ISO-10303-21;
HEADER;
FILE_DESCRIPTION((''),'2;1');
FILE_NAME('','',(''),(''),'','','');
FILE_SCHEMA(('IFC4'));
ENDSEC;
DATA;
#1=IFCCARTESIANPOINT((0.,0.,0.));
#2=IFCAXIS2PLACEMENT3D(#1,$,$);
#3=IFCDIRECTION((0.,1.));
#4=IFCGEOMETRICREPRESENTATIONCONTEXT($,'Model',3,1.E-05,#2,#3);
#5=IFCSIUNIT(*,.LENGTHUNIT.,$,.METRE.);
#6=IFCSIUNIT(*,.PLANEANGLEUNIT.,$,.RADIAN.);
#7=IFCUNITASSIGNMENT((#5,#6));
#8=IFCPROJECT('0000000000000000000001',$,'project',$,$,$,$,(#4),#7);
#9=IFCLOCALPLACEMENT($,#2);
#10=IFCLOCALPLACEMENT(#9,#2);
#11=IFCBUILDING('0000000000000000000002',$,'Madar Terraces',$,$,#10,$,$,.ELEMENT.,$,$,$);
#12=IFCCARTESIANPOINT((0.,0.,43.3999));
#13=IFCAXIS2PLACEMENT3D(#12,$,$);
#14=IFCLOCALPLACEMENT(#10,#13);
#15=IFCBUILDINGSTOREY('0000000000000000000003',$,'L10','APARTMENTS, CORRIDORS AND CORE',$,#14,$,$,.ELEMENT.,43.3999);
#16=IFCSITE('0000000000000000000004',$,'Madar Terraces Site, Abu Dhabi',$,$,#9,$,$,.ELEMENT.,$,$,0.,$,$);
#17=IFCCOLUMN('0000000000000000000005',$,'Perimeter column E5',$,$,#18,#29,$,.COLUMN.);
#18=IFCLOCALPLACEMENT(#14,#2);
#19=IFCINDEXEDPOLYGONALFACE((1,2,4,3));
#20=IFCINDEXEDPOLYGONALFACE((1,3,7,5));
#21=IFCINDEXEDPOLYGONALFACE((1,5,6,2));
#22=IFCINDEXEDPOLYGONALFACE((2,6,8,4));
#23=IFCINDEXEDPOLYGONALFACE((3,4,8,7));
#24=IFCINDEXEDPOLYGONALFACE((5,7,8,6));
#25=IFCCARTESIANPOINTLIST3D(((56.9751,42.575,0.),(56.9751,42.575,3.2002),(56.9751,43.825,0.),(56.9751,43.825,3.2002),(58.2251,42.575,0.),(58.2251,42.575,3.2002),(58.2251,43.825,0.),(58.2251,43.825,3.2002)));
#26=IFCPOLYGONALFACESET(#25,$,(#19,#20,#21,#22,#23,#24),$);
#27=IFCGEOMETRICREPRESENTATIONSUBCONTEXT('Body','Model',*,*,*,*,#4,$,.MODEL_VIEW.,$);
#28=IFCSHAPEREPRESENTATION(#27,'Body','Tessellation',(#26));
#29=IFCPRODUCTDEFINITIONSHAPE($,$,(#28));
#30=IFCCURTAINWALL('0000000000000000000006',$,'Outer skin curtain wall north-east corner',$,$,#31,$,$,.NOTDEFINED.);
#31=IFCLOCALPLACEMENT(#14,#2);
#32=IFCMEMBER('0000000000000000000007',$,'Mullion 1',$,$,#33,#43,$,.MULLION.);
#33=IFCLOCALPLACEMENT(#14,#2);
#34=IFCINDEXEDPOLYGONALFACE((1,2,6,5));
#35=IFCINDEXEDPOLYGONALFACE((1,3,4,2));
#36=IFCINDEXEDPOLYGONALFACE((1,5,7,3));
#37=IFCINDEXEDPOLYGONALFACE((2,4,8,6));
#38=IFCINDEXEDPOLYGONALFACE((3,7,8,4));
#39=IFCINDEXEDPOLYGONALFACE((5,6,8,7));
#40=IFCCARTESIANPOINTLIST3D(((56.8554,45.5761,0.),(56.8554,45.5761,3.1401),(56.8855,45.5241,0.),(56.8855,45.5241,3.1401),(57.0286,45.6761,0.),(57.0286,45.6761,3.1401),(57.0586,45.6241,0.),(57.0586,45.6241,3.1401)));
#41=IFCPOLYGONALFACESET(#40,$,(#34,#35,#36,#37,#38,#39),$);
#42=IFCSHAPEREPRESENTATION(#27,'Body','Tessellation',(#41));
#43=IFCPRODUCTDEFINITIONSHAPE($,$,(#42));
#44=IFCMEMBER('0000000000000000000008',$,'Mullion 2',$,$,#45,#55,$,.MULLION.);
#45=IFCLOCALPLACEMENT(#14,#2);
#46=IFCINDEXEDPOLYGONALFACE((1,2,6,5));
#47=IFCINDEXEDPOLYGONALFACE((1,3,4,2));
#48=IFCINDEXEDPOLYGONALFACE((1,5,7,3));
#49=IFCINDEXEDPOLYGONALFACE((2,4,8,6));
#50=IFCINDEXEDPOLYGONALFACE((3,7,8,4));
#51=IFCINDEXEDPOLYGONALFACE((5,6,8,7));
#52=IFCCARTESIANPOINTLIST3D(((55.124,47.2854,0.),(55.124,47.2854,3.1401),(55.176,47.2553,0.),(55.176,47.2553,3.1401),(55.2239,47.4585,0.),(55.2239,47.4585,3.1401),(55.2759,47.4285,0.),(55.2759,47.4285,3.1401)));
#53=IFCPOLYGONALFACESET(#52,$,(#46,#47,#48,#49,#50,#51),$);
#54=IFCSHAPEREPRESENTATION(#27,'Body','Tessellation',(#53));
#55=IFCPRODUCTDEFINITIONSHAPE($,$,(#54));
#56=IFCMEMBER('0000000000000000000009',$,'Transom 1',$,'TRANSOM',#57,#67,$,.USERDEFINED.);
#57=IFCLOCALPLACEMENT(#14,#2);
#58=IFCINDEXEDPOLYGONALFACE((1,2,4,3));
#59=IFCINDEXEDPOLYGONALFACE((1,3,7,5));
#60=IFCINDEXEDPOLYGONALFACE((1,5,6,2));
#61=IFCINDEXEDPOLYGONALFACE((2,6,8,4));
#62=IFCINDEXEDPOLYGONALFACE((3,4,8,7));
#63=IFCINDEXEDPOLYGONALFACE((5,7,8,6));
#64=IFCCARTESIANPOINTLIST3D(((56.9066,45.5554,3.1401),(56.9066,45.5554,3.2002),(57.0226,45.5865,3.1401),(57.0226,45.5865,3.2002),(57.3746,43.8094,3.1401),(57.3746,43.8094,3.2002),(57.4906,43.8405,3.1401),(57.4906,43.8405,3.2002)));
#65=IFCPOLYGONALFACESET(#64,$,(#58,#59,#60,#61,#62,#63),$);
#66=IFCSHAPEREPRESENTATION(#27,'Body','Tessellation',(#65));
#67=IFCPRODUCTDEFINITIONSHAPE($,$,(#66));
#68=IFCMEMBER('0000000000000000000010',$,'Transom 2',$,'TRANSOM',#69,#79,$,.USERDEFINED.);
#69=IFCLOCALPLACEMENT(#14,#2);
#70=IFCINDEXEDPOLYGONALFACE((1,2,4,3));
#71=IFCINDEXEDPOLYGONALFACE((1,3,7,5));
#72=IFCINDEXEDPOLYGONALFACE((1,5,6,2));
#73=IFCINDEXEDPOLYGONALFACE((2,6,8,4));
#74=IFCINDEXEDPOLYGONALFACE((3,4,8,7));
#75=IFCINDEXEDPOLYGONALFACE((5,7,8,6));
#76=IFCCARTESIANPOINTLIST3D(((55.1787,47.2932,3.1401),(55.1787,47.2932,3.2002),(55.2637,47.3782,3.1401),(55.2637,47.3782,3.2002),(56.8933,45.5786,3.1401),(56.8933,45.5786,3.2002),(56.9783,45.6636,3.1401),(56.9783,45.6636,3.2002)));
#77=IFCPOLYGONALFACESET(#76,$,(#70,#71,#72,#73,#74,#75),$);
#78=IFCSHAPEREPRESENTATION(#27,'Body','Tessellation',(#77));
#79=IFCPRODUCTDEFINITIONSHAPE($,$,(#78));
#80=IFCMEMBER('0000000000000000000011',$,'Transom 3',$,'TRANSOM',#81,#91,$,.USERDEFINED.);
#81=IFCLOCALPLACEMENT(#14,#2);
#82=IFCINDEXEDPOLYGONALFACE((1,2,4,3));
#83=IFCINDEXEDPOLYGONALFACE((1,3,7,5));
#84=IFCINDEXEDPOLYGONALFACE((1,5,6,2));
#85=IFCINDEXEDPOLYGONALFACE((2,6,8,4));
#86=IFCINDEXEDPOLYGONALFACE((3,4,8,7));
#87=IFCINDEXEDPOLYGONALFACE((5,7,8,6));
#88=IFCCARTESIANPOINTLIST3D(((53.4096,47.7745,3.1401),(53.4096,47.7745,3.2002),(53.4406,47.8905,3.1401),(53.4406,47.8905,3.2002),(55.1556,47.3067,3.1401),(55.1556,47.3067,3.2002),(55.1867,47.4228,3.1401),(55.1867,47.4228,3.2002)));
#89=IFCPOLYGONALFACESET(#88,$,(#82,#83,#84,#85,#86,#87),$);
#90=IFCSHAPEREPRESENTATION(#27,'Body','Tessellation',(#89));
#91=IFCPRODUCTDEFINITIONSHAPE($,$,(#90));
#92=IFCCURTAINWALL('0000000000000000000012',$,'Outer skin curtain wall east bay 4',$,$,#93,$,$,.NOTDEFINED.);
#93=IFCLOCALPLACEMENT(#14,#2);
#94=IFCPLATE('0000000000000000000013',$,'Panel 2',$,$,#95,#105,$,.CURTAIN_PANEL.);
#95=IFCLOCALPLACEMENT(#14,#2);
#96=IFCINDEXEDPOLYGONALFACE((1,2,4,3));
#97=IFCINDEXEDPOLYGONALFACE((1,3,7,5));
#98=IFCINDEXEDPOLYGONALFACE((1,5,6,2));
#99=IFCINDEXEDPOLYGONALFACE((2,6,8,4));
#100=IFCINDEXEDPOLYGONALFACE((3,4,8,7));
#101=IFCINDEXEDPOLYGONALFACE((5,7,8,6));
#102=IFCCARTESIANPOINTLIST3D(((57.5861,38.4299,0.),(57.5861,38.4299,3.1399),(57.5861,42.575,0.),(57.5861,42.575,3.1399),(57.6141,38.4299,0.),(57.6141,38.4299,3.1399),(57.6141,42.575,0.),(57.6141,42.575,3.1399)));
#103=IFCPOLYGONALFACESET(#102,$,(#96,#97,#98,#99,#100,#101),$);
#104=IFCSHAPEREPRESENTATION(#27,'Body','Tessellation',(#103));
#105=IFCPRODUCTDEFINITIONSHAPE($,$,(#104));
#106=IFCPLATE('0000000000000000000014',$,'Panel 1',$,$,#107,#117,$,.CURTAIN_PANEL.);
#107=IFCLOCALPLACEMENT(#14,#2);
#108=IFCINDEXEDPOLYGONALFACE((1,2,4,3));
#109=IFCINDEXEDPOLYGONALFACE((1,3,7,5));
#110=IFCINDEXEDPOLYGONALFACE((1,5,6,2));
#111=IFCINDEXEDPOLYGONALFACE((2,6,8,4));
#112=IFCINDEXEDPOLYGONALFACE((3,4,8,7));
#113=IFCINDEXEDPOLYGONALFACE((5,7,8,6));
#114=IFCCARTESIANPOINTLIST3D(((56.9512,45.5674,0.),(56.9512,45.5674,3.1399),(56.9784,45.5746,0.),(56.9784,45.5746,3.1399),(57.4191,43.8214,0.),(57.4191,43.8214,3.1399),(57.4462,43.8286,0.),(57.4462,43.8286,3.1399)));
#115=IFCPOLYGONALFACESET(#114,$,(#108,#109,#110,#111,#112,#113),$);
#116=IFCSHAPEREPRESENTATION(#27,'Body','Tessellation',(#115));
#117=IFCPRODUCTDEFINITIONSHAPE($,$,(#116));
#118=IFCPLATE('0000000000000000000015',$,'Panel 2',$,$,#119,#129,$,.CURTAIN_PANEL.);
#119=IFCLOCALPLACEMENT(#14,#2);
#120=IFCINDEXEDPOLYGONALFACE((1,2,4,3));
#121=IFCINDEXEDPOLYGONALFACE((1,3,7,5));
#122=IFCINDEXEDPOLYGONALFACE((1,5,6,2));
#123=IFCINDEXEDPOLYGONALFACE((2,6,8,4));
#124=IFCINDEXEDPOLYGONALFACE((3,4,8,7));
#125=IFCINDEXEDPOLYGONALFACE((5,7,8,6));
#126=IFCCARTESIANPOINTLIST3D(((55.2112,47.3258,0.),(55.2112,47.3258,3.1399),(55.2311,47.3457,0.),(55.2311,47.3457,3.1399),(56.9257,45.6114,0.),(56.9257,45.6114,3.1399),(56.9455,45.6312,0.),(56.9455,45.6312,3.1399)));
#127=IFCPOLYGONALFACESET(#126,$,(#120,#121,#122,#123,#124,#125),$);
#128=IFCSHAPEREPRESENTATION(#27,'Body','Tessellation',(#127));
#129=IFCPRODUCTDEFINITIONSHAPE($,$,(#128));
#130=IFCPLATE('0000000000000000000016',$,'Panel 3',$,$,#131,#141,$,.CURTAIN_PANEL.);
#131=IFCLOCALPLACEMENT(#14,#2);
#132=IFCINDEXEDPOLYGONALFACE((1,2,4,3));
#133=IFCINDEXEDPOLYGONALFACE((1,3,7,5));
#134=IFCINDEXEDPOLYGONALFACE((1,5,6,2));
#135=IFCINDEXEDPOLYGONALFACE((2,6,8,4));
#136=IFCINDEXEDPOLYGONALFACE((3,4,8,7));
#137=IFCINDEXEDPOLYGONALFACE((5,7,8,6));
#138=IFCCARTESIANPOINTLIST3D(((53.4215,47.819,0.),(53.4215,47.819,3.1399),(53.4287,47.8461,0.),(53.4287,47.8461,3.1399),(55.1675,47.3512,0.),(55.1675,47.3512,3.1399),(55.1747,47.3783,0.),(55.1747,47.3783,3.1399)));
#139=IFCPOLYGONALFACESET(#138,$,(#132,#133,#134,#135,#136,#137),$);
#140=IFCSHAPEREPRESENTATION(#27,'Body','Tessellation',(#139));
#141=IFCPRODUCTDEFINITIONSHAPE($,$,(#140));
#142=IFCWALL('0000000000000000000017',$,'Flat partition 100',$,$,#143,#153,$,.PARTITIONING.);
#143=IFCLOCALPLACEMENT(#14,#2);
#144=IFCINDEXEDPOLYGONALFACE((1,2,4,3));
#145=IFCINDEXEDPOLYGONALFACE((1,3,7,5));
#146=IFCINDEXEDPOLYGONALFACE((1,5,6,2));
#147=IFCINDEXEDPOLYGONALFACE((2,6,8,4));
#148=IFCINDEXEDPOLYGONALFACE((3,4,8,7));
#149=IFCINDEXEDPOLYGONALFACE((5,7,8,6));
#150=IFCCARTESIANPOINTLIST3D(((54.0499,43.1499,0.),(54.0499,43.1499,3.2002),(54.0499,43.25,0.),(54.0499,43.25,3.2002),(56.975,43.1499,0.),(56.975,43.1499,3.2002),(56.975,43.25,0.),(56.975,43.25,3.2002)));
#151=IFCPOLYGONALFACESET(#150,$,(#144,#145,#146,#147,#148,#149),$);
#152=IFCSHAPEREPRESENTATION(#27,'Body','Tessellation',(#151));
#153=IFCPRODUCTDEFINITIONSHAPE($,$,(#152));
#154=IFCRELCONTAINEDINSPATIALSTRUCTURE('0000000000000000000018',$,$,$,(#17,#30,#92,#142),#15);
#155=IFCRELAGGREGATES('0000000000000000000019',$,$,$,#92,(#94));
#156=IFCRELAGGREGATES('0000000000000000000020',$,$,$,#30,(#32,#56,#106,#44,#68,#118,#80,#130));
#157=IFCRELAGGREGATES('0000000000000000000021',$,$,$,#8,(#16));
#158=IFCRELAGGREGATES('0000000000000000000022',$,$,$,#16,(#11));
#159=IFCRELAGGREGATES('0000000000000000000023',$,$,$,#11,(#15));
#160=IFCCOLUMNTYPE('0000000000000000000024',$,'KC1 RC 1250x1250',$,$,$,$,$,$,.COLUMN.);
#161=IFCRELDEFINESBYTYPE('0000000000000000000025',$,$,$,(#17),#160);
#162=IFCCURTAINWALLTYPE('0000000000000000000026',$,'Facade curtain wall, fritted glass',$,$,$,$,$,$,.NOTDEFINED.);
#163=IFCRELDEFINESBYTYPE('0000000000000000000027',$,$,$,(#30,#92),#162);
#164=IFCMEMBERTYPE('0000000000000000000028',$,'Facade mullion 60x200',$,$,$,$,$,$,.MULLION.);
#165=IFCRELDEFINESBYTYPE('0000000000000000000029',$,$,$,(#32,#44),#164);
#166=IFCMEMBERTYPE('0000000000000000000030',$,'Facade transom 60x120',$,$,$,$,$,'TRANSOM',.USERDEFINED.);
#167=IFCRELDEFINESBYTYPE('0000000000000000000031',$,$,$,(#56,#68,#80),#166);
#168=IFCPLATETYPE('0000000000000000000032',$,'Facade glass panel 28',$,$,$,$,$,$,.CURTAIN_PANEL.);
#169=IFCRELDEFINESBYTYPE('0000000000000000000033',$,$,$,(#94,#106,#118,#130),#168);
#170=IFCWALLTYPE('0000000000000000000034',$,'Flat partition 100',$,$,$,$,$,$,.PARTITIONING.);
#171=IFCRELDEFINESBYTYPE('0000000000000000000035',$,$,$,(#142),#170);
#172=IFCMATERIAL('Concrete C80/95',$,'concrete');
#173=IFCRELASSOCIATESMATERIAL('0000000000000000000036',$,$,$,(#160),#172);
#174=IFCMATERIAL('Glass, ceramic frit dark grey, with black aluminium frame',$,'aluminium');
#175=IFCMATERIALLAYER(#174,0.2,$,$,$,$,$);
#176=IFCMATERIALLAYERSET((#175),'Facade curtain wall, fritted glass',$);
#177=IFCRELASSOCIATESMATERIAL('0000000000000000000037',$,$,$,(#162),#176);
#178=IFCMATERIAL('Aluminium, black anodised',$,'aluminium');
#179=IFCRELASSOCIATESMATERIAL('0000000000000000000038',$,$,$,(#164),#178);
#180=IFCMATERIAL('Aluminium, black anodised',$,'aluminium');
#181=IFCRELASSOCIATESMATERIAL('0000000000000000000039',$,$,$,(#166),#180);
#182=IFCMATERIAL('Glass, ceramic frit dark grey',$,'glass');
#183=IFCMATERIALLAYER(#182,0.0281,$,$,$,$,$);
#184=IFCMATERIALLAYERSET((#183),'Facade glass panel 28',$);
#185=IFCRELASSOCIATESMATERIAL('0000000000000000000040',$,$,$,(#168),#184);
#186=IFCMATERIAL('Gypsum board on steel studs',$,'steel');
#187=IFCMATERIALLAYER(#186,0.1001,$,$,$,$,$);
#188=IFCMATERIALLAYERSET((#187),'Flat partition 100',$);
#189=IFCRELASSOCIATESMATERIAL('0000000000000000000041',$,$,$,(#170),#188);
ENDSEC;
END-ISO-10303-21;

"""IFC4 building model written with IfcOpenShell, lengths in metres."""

from ifc_helpers import new_model, si_unit, direction, frame, frame_2d, origin, origin_2d, place, context, subcontext, project, spatial, rectangle, extrude, material, layer, layer_set, material_profile, profile_set, type_object, element, aggregate, save


model = new_model("IFC4")

# Units and contexts
model_context = context("Model", 3, precision=1e-05, world=origin(), true_north=direction((0.0, 1.0)))
body_context = subcontext(model_context, "Body", "Model", "MODEL_VIEW")
ifc_project = project(units=[si_unit("LENGTHUNIT", "METRE"), si_unit("PLANEANGLEUNIT", "RADIAN")], contexts=[model_context])

# Site, building, storey
site_placement = place(None, origin())
site = spatial("IfcSite", under=ifc_project, at=site_placement, Name="Madar Terraces Site, Abu Dhabi", CompositionType="ELEMENT", RefElevation=0.0)
building_placement = place(site_placement, origin())
building = spatial("IfcBuilding", under=site, at=building_placement, Name="Madar Terraces", CompositionType="ELEMENT")
storey_placement = place(building_placement, frame((0.0, 0.0, 43.3999)))
storey = spatial("IfcBuildingStorey", under=building, at=storey_placement, Name="L10", Description="APARTMENTS, CORRIDORS AND CORE", CompositionType="ELEMENT", Elevation=43.3999)

# Column
ifc_material_1 = material(Name="Concrete C80/95", Category="concrete")
ifc_material_profile_1 = material_profile(ifc_material_1, rectangle(XDim=1.25, YDim=1.25, at=origin_2d()), Name="KC1 RC 1250x1250")
ifc_profile_set_1 = profile_set([ifc_material_profile_1], Name="Concrete C80/95")
column_type = type_object("IfcColumnType", Name="KC1 RC 1250x1250", PredefinedType="COLUMN", material=ifc_profile_set_1)
column_placement = place(storey_placement, frame((57.6001, 43.2, 0.0), z_axis=(0.0, 0.0, 1.0), x_axis=(1.0, 0.0, 0.0)))
element("IfcColumn", 1, at=column_placement, inside=storey, type_object=column_type, Name="Perimeter column E5", PredefinedType="COLUMN", context=body_context, shape_type="SweptSolid", body=[
    extrude(rectangle(XDim=1.25, YDim=1.25, at=origin_2d()), origin(), (0.0, 0.0, 1.0), 3.2002),
])

# Curtain wall, members
ifc_material_2 = material(Name="Glass, ceramic frit dark grey, with black aluminium frame", Category="aluminium")
ifc_layer_1 = layer(ifc_material_2, 0.2)
ifc_layer_set_1 = layer_set([ifc_layer_1], Name="Facade curtain wall, fritted glass")
curtain_wall_type = type_object("IfcCurtainWallType", Name="Facade curtain wall, fritted glass", PredefinedType="NOTDEFINED", material=ifc_layer_set_1)
curtain_wall_1_placement = place(storey_placement, origin())
curtain_wall_1 = element("IfcCurtainWall", 2, at=curtain_wall_1_placement, inside=storey, type_object=curtain_wall_type, Name="Outer skin curtain wall north-east corner", PredefinedType="NOTDEFINED")
ifc_material_3 = material(Name="Aluminium, black anodised", Category="aluminium")
ifc_material_profile_2 = material_profile(ifc_material_3, rectangle(XDim=0.2, YDim=0.0601, at=origin_2d()), Name="Facade mullion 60x200")
ifc_profile_set_2 = profile_set([ifc_material_profile_2], Name="Aluminium, black anodised")
member_type_1 = type_object("IfcMemberType", Name="Facade mullion 60x200", PredefinedType="MULLION", material=ifc_profile_set_2)
member_1_placement = place(storey_placement, frame((56.957, 45.6001, 0.0), z_axis=(0.0, 0.0, 1.0), x_axis=(-0.866025, -0.5, 0.0)))
member_1 = element("IfcMember", 3, at=member_1_placement, type_object=member_type_1, Name="Mullion 1", PredefinedType="MULLION", context=body_context, shape_type="SweptSolid", body=[
    extrude(rectangle(XDim=0.2, YDim=0.0601, at=origin_2d()), origin(), (0.0, 0.0, 1.0), 3.1401),
])
member_2_placement = place(storey_placement, frame((55.2, 47.3569, 0.0), z_axis=(0.0, 0.0, 1.0), x_axis=(-0.5, -0.866025, 0.0)))
member_2 = element("IfcMember", 4, at=member_2_placement, type_object=member_type_1, Name="Mullion 2", PredefinedType="MULLION", context=body_context, shape_type="SweptSolid", body=[
    extrude(rectangle(XDim=0.2, YDim=0.0601, at=origin_2d()), origin(), (0.0, 0.0, 1.0), 3.1401),
])
ifc_material_4 = material(Name="Aluminium, black anodised", Category="aluminium")
ifc_material_profile_3 = material_profile(ifc_material_4, rectangle(XDim=0.1201, YDim=0.0601, at=origin_2d()), Name="Facade transom 60x120")
ifc_profile_set_3 = profile_set([ifc_material_profile_3], Name="Aluminium, black anodised")
member_type_2 = type_object("IfcMemberType", Name="Facade transom 60x120", ElementType="TRANSOM", PredefinedType="USERDEFINED", material=ifc_profile_set_3)
member_3_placement = place(storey_placement, frame((57.4326, 43.825, 3.1702), z_axis=(-0.258898, 0.965905, 0.0), x_axis=(-0.965905, -0.258898, 0.0)))
member_3 = element("IfcMember", 5, at=member_3_placement, type_object=member_type_2, Name="Transom 1", ObjectType="TRANSOM", PredefinedType="USERDEFINED", context=body_context, shape_type="SweptSolid", body=[
    extrude(rectangle(XDim=0.1201, YDim=0.0601, at=origin_2d()), origin(), (0.0, 0.0, 1.0), 1.8076),
])
member_4_placement = place(storey_placement, frame((56.9358, 45.6211, 3.1702), z_axis=(-0.707107, 0.707107, 0.0), x_axis=(-0.707107, -0.707107, 0.0)))
member_4 = element("IfcMember", 6, at=member_4_placement, type_object=member_type_2, Name="Transom 2", ObjectType="TRANSOM", PredefinedType="USERDEFINED", context=body_context, shape_type="SweptSolid", body=[
    extrude(rectangle(XDim=0.1201, YDim=0.0601, at=origin_2d()), origin(), (0.0, 0.0, 1.0), 2.4248),
])
member_5_placement = place(storey_placement, frame((55.1711, 47.3647, 3.1702), z_axis=(-0.965938, 0.258772, 0.0), x_axis=(-0.258772, -0.965938, 0.0)))
member_5 = element("IfcMember", 7, at=member_5_placement, type_object=member_type_2, Name="Transom 3", ObjectType="TRANSOM", PredefinedType="USERDEFINED", context=body_context, shape_type="SweptSolid", body=[
    extrude(rectangle(XDim=0.1201, YDim=0.0601, at=origin_2d()), origin(), (0.0, 0.0, 1.0), 1.8076),
])

# Curtain wall, plate
curtain_wall_2_placement = place(storey_placement, origin())
curtain_wall_2 = element("IfcCurtainWall", 8, at=curtain_wall_2_placement, inside=storey, type_object=curtain_wall_type, Name="Outer skin curtain wall east bay 4", PredefinedType="NOTDEFINED")
ifc_material_5 = material(Name="Glass, ceramic frit dark grey", Category="glass")
ifc_layer_2 = layer(ifc_material_5, 0.0281)
ifc_layer_set_2 = layer_set([ifc_layer_2], Name="Facade glass panel 28")
plate_type = type_object("IfcPlateType", Name="Facade glass panel 28", PredefinedType="CURTAIN_PANEL", material=ifc_layer_set_2)
plate_1_placement = place(storey_placement, frame((57.6001, 40.5024, 0.0), z_axis=(0.0, 0.0, 1.0), x_axis=(0.0, 1.0, 0.0)))
plate_1 = element("IfcPlate", 9, at=plate_1_placement, type_object=plate_type, Name="Panel 2", PredefinedType="CURTAIN_PANEL", context=body_context, shape_type="SweptSolid", body=[
    extrude(rectangle(XDim=4.145, YDim=0.0281, at=origin_2d()), origin(), (0.0, 0.0, 1.0), 3.1399),
])
aggregate(curtain_wall_2, [plate_1])

# Plates
plate_2_placement = place(storey_placement, frame((57.1987, 44.698, 0.0), z_axis=(0.0, 0.0, 1.0), x_axis=(-0.258819, 0.965926, 0.0)))
plate_2 = element("IfcPlate", 10, at=plate_2_placement, type_object=plate_type, Name="Panel 1", PredefinedType="CURTAIN_PANEL", context=body_context, shape_type="SweptSolid", body=[
    extrude(rectangle(XDim=1.8076, YDim=0.0281, at=origin_2d()), origin(), (0.0, 0.0, 1.0), 3.1399),
])
plate_3_placement = place(storey_placement, frame((56.0784, 46.4785, 0.0), z_axis=(0.0, 0.0, 1.0), x_axis=(-0.707107, 0.707107, 0.0)))
plate_3 = element("IfcPlate", 11, at=plate_3_placement, type_object=plate_type, Name="Panel 2", PredefinedType="CURTAIN_PANEL", context=body_context, shape_type="SweptSolid", body=[
    extrude(rectangle(XDim=2.4246, YDim=0.0281, at=origin_2d()), origin(), (0.0, 0.0, 1.0), 3.1399),
])
plate_4_placement = place(storey_placement, frame((54.2981, 47.5986, 0.0), z_axis=(0.0, 0.0, 1.0), x_axis=(-0.965926, 0.258819, 0.0)))
plate_4 = element("IfcPlate", 12, at=plate_4_placement, type_object=plate_type, Name="Panel 3", PredefinedType="CURTAIN_PANEL", context=body_context, shape_type="SweptSolid", body=[
    extrude(rectangle(XDim=1.8076, YDim=0.0281, at=origin_2d()), origin(), (0.0, 0.0, 1.0), 3.1399),
])
aggregate(curtain_wall_1, [member_1, member_3, plate_2, member_2, member_4, plate_3, member_5, plate_4])

# Wall
ifc_material_6 = material(Name="Gypsum board on steel studs", Category="steel")
ifc_layer_3 = layer(ifc_material_6, 0.1001)
ifc_layer_set_3 = layer_set([ifc_layer_3], Name="Flat partition 100")
wall_type = type_object("IfcWallType", Name="Flat partition 100", PredefinedType="PARTITIONING", material=ifc_layer_set_3)
wall_placement = place(storey_placement, frame((54.05, 43.2, 0.0), z_axis=(0.0, 0.0, 1.0), x_axis=(1.0, 0.0, 0.0)))
element("IfcWall", 13, at=wall_placement, inside=storey, type_object=wall_type, Name="Flat partition 100", PredefinedType="PARTITIONING", context=body_context, shape_type="SweptSolid", body=[
    extrude(rectangle(XDim=2.925, YDim=0.1001, at=frame_2d((1.4624, 0.0))), origin(), (0.0, 0.0, 1.0), 3.2002),
])

save(model, "model.ifc")
